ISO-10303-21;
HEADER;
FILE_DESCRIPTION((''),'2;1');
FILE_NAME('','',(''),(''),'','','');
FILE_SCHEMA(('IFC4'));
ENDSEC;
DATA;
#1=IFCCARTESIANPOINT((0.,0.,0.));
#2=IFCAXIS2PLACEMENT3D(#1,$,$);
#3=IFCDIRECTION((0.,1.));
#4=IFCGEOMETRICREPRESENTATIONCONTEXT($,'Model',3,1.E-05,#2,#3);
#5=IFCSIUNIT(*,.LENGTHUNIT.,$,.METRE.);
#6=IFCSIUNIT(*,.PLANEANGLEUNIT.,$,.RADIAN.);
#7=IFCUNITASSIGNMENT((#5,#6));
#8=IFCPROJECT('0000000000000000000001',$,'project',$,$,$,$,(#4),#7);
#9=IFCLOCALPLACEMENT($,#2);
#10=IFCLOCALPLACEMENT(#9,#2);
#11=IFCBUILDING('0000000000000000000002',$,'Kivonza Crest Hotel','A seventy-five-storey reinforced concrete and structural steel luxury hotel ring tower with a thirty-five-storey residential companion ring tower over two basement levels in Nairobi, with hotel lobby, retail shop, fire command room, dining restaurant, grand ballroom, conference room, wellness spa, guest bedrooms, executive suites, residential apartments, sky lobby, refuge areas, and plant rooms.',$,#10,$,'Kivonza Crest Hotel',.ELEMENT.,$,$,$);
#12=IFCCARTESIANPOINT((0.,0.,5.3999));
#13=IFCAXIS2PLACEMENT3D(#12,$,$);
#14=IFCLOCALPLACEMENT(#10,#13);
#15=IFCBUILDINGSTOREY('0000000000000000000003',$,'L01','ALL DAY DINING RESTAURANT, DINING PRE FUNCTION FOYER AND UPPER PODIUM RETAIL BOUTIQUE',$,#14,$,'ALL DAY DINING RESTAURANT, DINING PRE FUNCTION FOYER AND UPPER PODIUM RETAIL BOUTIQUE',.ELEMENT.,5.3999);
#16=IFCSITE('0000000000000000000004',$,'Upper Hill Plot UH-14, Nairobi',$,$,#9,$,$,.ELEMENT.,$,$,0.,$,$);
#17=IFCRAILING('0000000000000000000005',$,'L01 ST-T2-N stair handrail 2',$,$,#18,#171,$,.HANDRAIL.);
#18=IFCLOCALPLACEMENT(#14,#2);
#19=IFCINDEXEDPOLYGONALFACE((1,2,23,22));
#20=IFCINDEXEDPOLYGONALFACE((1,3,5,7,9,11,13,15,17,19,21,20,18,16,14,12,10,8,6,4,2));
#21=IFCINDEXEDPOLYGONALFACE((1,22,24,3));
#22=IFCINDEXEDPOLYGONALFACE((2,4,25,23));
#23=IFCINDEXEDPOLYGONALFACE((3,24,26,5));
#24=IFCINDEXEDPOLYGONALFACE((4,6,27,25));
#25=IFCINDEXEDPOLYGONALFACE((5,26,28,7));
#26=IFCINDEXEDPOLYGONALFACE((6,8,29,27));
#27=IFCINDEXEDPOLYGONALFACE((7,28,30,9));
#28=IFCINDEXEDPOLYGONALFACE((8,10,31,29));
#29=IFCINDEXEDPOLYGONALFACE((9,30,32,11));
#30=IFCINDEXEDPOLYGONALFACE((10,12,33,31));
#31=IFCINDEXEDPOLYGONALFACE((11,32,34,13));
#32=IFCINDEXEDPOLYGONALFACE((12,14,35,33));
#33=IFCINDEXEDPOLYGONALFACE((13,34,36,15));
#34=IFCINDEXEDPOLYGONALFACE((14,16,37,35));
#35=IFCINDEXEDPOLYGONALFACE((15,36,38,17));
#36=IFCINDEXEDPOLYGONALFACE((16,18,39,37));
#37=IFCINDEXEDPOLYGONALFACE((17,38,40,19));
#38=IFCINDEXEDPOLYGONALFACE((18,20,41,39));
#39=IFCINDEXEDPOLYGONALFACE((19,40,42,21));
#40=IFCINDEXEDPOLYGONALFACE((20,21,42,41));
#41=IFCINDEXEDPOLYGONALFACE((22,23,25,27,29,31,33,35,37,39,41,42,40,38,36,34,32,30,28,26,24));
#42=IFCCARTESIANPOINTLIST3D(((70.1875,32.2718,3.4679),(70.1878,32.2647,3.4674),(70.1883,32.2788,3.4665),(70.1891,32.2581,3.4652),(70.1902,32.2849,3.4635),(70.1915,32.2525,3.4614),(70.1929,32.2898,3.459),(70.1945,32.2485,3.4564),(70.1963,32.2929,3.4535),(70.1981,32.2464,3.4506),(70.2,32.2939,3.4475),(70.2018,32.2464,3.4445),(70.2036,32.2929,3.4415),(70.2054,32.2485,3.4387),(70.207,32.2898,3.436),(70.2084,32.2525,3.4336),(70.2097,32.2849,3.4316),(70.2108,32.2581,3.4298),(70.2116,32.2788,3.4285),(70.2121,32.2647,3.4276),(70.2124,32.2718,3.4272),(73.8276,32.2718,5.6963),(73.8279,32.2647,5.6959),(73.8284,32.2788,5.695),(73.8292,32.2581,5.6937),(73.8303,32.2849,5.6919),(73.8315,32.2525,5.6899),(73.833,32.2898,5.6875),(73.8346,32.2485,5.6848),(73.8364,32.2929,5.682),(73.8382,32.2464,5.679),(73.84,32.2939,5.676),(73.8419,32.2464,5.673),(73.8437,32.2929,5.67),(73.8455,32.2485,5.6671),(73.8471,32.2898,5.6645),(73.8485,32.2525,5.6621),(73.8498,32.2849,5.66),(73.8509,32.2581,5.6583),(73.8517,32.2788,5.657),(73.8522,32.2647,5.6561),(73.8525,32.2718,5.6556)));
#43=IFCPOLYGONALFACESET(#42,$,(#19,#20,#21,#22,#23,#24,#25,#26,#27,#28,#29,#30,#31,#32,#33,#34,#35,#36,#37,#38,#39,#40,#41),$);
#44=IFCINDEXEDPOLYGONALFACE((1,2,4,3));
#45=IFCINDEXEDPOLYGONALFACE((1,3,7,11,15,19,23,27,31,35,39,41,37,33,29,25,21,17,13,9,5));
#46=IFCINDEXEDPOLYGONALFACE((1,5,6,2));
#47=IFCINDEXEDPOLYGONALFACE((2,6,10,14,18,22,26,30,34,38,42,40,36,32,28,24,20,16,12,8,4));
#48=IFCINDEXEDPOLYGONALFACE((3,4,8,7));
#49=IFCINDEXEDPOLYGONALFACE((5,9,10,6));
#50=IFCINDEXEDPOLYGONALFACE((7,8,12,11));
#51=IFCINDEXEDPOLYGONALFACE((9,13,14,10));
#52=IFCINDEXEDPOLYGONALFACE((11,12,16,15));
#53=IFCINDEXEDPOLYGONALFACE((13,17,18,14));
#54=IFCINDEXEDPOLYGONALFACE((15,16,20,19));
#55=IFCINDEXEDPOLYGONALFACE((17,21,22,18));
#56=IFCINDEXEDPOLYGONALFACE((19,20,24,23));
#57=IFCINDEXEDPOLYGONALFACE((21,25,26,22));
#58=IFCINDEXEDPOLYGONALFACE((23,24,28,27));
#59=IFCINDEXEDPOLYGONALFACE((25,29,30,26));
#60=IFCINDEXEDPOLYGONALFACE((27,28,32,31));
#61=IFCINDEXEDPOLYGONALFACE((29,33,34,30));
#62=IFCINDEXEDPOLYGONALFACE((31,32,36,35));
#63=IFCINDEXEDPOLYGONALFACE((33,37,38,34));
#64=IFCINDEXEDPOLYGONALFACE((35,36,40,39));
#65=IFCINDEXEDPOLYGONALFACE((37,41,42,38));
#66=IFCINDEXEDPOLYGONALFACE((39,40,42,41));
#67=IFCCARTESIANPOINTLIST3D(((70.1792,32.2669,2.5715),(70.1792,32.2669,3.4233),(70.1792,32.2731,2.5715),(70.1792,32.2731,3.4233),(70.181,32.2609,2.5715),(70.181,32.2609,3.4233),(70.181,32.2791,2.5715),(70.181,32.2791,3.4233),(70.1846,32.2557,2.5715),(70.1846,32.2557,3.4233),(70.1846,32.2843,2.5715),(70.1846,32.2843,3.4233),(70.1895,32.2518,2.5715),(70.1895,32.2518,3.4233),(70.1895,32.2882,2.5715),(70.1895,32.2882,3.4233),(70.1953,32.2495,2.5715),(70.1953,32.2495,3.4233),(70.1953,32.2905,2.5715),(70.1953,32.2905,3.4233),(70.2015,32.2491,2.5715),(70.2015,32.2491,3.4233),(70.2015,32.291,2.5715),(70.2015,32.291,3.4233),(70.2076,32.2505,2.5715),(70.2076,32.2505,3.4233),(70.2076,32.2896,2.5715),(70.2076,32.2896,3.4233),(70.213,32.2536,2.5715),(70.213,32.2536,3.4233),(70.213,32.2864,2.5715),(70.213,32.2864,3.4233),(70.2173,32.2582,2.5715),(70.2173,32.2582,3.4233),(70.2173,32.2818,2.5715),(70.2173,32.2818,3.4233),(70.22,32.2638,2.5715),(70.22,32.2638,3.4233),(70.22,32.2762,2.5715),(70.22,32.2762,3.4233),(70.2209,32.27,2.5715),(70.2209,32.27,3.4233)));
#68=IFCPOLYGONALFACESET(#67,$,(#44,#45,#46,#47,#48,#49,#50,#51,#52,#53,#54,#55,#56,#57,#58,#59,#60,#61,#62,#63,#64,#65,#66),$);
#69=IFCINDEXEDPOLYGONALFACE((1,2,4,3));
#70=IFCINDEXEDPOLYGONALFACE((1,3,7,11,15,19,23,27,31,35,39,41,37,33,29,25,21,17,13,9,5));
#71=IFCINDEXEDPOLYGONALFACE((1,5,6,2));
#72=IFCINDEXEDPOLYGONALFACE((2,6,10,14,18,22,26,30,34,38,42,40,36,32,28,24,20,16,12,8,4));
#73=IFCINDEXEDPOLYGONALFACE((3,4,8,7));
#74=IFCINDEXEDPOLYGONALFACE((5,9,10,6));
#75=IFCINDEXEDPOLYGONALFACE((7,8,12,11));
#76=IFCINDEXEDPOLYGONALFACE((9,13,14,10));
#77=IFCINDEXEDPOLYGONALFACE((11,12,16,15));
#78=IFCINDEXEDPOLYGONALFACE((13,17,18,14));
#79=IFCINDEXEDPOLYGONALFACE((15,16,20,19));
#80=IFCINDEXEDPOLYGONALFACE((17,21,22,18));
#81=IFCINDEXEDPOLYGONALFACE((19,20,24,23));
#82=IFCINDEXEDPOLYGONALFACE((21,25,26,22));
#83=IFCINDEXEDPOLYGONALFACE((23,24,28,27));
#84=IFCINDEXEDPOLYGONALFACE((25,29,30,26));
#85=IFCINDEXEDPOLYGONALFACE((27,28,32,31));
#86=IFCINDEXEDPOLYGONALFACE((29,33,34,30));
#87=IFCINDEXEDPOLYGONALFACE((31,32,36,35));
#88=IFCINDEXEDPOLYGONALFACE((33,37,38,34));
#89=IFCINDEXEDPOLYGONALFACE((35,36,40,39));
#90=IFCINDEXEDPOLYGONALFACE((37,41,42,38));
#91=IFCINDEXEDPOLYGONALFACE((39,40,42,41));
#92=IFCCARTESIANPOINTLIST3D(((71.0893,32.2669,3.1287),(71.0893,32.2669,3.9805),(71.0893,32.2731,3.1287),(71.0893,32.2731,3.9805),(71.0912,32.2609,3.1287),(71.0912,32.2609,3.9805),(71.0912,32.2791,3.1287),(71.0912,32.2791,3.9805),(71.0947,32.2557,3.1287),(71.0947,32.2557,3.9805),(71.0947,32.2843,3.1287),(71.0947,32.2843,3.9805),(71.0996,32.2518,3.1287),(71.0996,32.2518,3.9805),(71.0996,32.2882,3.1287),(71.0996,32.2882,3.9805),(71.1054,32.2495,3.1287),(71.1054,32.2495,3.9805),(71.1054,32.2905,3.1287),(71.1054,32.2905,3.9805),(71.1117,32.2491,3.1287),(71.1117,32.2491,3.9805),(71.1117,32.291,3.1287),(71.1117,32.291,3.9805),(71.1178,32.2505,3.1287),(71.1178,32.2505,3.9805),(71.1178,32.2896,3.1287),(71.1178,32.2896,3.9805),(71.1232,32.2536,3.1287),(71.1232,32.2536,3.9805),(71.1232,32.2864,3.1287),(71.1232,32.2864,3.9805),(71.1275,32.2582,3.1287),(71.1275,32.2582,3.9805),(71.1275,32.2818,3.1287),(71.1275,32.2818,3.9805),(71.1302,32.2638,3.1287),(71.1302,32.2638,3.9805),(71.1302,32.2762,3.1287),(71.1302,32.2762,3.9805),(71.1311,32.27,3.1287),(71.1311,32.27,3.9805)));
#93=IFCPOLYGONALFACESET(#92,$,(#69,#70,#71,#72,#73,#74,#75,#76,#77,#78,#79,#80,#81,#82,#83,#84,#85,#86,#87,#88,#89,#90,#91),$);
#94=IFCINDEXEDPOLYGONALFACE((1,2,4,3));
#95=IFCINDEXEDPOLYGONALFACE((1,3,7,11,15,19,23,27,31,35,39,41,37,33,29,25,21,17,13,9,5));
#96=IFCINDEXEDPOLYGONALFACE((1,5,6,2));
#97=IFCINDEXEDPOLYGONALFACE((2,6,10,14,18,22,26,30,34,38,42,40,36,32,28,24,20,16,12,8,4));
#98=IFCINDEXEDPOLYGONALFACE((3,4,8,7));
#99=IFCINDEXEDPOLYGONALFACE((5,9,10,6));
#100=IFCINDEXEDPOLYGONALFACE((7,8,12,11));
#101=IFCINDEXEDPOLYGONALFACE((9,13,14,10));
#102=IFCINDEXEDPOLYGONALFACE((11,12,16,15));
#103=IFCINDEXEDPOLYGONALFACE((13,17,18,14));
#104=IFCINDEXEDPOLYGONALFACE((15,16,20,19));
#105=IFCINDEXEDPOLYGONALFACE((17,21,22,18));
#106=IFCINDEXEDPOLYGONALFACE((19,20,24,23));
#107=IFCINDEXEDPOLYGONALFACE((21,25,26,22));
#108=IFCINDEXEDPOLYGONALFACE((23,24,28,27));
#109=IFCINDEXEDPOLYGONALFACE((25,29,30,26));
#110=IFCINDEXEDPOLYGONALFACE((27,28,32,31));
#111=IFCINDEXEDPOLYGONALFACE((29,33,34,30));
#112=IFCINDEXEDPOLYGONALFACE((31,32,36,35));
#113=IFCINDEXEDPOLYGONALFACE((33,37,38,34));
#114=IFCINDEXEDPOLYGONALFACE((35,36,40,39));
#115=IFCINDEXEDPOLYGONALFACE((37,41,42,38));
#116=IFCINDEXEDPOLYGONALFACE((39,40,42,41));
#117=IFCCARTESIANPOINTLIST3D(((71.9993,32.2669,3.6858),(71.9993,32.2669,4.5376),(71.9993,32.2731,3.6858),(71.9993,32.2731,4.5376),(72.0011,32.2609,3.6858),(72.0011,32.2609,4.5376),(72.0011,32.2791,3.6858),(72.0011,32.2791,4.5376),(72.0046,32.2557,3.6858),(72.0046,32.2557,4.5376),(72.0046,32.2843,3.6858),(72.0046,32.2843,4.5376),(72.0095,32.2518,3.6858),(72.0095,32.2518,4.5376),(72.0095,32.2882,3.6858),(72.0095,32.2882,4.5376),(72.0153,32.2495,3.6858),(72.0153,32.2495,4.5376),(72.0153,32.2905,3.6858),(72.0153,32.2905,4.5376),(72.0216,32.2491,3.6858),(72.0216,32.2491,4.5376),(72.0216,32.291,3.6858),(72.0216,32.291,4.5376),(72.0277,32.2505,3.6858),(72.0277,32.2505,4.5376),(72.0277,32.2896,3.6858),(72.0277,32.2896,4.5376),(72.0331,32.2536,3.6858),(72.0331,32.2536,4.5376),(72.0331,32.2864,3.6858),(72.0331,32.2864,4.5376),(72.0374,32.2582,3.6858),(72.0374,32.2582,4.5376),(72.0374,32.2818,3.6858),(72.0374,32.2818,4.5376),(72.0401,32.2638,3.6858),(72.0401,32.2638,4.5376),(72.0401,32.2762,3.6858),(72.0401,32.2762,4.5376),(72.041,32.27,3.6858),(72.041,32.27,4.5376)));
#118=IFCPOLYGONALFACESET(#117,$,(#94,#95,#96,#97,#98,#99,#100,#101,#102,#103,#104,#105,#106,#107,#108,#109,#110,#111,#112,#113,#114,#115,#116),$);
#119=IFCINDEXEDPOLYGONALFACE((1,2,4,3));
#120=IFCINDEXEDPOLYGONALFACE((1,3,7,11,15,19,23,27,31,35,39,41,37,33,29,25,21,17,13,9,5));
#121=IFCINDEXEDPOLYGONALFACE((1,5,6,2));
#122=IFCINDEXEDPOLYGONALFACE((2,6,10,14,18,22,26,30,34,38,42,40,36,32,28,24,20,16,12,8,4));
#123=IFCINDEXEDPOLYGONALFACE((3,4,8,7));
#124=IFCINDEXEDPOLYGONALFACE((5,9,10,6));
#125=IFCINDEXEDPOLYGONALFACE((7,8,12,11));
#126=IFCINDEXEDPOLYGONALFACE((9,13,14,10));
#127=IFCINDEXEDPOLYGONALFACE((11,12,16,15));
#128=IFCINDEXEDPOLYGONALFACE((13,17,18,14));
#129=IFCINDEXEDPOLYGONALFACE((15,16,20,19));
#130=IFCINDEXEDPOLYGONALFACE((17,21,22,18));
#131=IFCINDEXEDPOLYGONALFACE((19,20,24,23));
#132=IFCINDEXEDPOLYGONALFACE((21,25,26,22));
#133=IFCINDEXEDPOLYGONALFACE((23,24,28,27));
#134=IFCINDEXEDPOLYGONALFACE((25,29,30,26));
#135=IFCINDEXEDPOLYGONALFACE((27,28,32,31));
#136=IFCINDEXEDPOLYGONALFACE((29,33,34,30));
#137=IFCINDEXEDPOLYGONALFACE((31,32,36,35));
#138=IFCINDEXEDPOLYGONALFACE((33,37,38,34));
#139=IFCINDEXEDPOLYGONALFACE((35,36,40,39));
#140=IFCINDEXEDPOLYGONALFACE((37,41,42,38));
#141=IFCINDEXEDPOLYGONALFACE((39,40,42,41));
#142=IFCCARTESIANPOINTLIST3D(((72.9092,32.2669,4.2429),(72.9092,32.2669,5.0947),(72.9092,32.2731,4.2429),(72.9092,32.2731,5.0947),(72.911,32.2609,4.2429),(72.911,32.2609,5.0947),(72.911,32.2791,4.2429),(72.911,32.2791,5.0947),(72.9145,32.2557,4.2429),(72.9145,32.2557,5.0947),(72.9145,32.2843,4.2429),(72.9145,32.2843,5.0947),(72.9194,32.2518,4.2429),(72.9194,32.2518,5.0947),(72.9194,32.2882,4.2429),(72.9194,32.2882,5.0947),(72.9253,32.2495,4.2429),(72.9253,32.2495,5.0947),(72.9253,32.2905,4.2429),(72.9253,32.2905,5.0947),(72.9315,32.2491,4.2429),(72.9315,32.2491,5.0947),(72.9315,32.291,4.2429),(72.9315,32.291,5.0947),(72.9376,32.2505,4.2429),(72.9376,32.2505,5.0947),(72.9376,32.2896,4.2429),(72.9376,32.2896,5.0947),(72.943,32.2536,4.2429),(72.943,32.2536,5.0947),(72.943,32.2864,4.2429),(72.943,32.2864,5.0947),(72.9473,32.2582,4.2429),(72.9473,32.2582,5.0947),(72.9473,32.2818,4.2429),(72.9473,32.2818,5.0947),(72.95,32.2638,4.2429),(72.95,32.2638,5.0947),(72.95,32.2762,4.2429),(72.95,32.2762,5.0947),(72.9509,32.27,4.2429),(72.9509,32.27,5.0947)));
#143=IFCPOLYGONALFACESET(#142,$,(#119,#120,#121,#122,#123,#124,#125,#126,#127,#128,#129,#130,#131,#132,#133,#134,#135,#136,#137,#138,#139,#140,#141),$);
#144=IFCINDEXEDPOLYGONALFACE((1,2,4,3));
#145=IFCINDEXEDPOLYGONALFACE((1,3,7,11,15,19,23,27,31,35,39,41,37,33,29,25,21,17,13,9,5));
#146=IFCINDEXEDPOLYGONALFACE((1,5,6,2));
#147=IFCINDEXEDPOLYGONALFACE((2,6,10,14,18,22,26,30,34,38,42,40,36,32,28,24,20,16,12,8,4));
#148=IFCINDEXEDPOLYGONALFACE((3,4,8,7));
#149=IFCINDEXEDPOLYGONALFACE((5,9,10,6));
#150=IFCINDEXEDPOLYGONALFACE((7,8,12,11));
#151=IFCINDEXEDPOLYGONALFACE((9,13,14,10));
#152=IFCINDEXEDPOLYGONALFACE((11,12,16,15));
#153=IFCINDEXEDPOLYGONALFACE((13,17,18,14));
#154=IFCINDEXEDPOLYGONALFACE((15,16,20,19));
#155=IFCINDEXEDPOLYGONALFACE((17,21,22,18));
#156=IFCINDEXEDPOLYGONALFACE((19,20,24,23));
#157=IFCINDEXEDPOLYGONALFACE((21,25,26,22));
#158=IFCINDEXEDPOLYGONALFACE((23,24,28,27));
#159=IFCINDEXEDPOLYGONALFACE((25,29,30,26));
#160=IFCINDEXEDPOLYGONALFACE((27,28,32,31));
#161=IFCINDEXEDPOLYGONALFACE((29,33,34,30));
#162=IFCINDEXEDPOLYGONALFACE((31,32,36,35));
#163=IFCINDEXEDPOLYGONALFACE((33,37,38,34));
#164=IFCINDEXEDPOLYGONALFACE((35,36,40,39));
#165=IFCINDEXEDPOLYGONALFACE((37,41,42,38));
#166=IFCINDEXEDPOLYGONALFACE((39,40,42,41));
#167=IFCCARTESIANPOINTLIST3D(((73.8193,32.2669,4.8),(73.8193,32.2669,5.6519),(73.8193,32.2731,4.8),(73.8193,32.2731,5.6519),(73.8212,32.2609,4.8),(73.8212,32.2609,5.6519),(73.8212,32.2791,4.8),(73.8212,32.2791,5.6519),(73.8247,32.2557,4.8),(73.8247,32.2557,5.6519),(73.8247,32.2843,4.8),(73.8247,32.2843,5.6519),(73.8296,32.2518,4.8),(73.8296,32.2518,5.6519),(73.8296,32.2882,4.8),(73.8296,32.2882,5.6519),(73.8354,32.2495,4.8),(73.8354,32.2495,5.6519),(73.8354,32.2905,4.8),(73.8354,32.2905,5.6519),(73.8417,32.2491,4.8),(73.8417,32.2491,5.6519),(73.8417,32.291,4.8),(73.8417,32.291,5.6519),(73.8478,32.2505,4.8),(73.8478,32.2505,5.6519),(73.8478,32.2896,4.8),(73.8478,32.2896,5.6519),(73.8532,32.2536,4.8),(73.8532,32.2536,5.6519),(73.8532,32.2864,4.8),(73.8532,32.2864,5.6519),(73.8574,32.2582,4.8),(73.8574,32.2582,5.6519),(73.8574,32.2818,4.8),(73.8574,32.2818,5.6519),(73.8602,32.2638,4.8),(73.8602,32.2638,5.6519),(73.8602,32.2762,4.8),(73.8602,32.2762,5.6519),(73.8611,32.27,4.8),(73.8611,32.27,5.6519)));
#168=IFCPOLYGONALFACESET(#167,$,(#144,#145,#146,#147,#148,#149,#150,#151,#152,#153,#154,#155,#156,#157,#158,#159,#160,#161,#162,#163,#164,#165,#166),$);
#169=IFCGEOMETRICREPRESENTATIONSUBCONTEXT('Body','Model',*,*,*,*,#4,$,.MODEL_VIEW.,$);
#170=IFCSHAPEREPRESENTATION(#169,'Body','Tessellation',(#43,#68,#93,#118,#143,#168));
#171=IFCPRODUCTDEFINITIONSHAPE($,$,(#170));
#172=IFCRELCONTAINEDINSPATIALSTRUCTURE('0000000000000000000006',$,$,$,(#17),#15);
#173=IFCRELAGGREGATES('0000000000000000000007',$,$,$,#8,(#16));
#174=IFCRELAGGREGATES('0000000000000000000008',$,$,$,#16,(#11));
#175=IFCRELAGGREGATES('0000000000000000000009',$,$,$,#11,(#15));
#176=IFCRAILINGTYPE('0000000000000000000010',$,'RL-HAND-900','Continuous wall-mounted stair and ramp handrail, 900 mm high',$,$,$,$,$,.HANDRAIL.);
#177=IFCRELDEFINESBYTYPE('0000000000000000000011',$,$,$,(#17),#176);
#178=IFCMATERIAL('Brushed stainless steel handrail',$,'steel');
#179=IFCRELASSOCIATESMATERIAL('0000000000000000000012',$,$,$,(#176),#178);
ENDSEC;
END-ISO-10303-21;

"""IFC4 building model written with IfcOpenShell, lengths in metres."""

from ifc_helpers import new_model, si_unit, direction, frame, origin, origin_2d, place, context, subcontext, project, spatial, circle, extrude, material, type_object, element, save


model = new_model("IFC4")

# Units and contexts
model_context = context("Model", 3, precision=1e-05, world=origin(), true_north=direction((0.0, 1.0)))
body_context = subcontext(model_context, "Body", "Model", "MODEL_VIEW")
ifc_project = project(units=[si_unit("LENGTHUNIT", "METRE"), si_unit("PLANEANGLEUNIT", "RADIAN")], contexts=[model_context])

# Site, building, storey
site_placement = place(None, origin())
site = spatial("IfcSite", under=ifc_project, at=site_placement, Name="Upper Hill Plot UH-14, Nairobi", CompositionType="ELEMENT", RefElevation=0.0)
building_placement = place(site_placement, origin())
building = spatial("IfcBuilding", under=site, at=building_placement, Name="Kivonza Crest Hotel", Description="A seventy-five-storey reinforced concrete and structural steel luxury hotel ring tower with a thirty-five-storey residential companion ring tower over two basement levels in Nairobi, with hotel lobby, retail shop, fire command room, dining restaurant, grand ballroom, conference room, wellness spa, guest bedrooms, executive suites, residential apartments, sky lobby, refuge areas, and plant rooms.", LongName="Kivonza Crest Hotel", CompositionType="ELEMENT")
storey_placement = place(building_placement, frame((0.0, 0.0, 5.3999)))
storey = spatial("IfcBuildingStorey", under=building, at=storey_placement, Name="L01", Description="ALL DAY DINING RESTAURANT, DINING PRE FUNCTION FOYER AND UPPER PODIUM RETAIL BOUTIQUE", LongName="ALL DAY DINING RESTAURANT, DINING PRE FUNCTION FOYER AND UPPER PODIUM RETAIL BOUTIQUE", CompositionType="ELEMENT", Elevation=5.3999)

# Railing
ifc_material_1 = material(Name="Brushed stainless steel handrail", Category="steel")
railing_type_1 = type_object("IfcRailingType", Name="RL-HAND-900", Description="Continuous wall-mounted stair and ramp handrail, 900 mm high", PredefinedType="HANDRAIL", material=ifc_material_1)
railing_1_placement = place(storey_placement, frame((70.2, 32.27, 2.5715)))
element("IfcRailing", 1, at=railing_1_placement, inside=storey, type_object=railing_type_1, Name="L01 ST-T2-N stair handrail 2", PredefinedType="HANDRAIL", context=body_context, shape_type="SweptSolid", body=[
    extrude(circle(Radius=0.0239, at=origin_2d()), frame((0.0, 0.0, 0.876), z_axis=(0.852866, 0.0, 0.52213), x_axis=(0.0, 1.0, 0.0)), (0.0, 0.0, 1.0), 4.2681),
    extrude(circle(Radius=0.021, at=origin_2d()), origin(), (0.0, 0.0, 1.0), 0.8518),
    extrude(circle(Radius=0.021, at=origin_2d()), frame((0.9102, 0.0, 0.5571)), (0.0, 0.0, 1.0), 0.8518),
    extrude(circle(Radius=0.021, at=origin_2d()), frame((1.8201, 0.0, 1.1143)), (0.0, 0.0, 1.0), 0.8518),
    extrude(circle(Radius=0.021, at=origin_2d()), frame((2.73, 0.0, 1.6714)), (0.0, 0.0, 1.0), 0.8518),
    extrude(circle(Radius=0.021, at=origin_2d()), frame((3.6401, 0.0, 2.2285)), (0.0, 0.0, 1.0), 0.8518),
])

save(model, "model.ifc")
